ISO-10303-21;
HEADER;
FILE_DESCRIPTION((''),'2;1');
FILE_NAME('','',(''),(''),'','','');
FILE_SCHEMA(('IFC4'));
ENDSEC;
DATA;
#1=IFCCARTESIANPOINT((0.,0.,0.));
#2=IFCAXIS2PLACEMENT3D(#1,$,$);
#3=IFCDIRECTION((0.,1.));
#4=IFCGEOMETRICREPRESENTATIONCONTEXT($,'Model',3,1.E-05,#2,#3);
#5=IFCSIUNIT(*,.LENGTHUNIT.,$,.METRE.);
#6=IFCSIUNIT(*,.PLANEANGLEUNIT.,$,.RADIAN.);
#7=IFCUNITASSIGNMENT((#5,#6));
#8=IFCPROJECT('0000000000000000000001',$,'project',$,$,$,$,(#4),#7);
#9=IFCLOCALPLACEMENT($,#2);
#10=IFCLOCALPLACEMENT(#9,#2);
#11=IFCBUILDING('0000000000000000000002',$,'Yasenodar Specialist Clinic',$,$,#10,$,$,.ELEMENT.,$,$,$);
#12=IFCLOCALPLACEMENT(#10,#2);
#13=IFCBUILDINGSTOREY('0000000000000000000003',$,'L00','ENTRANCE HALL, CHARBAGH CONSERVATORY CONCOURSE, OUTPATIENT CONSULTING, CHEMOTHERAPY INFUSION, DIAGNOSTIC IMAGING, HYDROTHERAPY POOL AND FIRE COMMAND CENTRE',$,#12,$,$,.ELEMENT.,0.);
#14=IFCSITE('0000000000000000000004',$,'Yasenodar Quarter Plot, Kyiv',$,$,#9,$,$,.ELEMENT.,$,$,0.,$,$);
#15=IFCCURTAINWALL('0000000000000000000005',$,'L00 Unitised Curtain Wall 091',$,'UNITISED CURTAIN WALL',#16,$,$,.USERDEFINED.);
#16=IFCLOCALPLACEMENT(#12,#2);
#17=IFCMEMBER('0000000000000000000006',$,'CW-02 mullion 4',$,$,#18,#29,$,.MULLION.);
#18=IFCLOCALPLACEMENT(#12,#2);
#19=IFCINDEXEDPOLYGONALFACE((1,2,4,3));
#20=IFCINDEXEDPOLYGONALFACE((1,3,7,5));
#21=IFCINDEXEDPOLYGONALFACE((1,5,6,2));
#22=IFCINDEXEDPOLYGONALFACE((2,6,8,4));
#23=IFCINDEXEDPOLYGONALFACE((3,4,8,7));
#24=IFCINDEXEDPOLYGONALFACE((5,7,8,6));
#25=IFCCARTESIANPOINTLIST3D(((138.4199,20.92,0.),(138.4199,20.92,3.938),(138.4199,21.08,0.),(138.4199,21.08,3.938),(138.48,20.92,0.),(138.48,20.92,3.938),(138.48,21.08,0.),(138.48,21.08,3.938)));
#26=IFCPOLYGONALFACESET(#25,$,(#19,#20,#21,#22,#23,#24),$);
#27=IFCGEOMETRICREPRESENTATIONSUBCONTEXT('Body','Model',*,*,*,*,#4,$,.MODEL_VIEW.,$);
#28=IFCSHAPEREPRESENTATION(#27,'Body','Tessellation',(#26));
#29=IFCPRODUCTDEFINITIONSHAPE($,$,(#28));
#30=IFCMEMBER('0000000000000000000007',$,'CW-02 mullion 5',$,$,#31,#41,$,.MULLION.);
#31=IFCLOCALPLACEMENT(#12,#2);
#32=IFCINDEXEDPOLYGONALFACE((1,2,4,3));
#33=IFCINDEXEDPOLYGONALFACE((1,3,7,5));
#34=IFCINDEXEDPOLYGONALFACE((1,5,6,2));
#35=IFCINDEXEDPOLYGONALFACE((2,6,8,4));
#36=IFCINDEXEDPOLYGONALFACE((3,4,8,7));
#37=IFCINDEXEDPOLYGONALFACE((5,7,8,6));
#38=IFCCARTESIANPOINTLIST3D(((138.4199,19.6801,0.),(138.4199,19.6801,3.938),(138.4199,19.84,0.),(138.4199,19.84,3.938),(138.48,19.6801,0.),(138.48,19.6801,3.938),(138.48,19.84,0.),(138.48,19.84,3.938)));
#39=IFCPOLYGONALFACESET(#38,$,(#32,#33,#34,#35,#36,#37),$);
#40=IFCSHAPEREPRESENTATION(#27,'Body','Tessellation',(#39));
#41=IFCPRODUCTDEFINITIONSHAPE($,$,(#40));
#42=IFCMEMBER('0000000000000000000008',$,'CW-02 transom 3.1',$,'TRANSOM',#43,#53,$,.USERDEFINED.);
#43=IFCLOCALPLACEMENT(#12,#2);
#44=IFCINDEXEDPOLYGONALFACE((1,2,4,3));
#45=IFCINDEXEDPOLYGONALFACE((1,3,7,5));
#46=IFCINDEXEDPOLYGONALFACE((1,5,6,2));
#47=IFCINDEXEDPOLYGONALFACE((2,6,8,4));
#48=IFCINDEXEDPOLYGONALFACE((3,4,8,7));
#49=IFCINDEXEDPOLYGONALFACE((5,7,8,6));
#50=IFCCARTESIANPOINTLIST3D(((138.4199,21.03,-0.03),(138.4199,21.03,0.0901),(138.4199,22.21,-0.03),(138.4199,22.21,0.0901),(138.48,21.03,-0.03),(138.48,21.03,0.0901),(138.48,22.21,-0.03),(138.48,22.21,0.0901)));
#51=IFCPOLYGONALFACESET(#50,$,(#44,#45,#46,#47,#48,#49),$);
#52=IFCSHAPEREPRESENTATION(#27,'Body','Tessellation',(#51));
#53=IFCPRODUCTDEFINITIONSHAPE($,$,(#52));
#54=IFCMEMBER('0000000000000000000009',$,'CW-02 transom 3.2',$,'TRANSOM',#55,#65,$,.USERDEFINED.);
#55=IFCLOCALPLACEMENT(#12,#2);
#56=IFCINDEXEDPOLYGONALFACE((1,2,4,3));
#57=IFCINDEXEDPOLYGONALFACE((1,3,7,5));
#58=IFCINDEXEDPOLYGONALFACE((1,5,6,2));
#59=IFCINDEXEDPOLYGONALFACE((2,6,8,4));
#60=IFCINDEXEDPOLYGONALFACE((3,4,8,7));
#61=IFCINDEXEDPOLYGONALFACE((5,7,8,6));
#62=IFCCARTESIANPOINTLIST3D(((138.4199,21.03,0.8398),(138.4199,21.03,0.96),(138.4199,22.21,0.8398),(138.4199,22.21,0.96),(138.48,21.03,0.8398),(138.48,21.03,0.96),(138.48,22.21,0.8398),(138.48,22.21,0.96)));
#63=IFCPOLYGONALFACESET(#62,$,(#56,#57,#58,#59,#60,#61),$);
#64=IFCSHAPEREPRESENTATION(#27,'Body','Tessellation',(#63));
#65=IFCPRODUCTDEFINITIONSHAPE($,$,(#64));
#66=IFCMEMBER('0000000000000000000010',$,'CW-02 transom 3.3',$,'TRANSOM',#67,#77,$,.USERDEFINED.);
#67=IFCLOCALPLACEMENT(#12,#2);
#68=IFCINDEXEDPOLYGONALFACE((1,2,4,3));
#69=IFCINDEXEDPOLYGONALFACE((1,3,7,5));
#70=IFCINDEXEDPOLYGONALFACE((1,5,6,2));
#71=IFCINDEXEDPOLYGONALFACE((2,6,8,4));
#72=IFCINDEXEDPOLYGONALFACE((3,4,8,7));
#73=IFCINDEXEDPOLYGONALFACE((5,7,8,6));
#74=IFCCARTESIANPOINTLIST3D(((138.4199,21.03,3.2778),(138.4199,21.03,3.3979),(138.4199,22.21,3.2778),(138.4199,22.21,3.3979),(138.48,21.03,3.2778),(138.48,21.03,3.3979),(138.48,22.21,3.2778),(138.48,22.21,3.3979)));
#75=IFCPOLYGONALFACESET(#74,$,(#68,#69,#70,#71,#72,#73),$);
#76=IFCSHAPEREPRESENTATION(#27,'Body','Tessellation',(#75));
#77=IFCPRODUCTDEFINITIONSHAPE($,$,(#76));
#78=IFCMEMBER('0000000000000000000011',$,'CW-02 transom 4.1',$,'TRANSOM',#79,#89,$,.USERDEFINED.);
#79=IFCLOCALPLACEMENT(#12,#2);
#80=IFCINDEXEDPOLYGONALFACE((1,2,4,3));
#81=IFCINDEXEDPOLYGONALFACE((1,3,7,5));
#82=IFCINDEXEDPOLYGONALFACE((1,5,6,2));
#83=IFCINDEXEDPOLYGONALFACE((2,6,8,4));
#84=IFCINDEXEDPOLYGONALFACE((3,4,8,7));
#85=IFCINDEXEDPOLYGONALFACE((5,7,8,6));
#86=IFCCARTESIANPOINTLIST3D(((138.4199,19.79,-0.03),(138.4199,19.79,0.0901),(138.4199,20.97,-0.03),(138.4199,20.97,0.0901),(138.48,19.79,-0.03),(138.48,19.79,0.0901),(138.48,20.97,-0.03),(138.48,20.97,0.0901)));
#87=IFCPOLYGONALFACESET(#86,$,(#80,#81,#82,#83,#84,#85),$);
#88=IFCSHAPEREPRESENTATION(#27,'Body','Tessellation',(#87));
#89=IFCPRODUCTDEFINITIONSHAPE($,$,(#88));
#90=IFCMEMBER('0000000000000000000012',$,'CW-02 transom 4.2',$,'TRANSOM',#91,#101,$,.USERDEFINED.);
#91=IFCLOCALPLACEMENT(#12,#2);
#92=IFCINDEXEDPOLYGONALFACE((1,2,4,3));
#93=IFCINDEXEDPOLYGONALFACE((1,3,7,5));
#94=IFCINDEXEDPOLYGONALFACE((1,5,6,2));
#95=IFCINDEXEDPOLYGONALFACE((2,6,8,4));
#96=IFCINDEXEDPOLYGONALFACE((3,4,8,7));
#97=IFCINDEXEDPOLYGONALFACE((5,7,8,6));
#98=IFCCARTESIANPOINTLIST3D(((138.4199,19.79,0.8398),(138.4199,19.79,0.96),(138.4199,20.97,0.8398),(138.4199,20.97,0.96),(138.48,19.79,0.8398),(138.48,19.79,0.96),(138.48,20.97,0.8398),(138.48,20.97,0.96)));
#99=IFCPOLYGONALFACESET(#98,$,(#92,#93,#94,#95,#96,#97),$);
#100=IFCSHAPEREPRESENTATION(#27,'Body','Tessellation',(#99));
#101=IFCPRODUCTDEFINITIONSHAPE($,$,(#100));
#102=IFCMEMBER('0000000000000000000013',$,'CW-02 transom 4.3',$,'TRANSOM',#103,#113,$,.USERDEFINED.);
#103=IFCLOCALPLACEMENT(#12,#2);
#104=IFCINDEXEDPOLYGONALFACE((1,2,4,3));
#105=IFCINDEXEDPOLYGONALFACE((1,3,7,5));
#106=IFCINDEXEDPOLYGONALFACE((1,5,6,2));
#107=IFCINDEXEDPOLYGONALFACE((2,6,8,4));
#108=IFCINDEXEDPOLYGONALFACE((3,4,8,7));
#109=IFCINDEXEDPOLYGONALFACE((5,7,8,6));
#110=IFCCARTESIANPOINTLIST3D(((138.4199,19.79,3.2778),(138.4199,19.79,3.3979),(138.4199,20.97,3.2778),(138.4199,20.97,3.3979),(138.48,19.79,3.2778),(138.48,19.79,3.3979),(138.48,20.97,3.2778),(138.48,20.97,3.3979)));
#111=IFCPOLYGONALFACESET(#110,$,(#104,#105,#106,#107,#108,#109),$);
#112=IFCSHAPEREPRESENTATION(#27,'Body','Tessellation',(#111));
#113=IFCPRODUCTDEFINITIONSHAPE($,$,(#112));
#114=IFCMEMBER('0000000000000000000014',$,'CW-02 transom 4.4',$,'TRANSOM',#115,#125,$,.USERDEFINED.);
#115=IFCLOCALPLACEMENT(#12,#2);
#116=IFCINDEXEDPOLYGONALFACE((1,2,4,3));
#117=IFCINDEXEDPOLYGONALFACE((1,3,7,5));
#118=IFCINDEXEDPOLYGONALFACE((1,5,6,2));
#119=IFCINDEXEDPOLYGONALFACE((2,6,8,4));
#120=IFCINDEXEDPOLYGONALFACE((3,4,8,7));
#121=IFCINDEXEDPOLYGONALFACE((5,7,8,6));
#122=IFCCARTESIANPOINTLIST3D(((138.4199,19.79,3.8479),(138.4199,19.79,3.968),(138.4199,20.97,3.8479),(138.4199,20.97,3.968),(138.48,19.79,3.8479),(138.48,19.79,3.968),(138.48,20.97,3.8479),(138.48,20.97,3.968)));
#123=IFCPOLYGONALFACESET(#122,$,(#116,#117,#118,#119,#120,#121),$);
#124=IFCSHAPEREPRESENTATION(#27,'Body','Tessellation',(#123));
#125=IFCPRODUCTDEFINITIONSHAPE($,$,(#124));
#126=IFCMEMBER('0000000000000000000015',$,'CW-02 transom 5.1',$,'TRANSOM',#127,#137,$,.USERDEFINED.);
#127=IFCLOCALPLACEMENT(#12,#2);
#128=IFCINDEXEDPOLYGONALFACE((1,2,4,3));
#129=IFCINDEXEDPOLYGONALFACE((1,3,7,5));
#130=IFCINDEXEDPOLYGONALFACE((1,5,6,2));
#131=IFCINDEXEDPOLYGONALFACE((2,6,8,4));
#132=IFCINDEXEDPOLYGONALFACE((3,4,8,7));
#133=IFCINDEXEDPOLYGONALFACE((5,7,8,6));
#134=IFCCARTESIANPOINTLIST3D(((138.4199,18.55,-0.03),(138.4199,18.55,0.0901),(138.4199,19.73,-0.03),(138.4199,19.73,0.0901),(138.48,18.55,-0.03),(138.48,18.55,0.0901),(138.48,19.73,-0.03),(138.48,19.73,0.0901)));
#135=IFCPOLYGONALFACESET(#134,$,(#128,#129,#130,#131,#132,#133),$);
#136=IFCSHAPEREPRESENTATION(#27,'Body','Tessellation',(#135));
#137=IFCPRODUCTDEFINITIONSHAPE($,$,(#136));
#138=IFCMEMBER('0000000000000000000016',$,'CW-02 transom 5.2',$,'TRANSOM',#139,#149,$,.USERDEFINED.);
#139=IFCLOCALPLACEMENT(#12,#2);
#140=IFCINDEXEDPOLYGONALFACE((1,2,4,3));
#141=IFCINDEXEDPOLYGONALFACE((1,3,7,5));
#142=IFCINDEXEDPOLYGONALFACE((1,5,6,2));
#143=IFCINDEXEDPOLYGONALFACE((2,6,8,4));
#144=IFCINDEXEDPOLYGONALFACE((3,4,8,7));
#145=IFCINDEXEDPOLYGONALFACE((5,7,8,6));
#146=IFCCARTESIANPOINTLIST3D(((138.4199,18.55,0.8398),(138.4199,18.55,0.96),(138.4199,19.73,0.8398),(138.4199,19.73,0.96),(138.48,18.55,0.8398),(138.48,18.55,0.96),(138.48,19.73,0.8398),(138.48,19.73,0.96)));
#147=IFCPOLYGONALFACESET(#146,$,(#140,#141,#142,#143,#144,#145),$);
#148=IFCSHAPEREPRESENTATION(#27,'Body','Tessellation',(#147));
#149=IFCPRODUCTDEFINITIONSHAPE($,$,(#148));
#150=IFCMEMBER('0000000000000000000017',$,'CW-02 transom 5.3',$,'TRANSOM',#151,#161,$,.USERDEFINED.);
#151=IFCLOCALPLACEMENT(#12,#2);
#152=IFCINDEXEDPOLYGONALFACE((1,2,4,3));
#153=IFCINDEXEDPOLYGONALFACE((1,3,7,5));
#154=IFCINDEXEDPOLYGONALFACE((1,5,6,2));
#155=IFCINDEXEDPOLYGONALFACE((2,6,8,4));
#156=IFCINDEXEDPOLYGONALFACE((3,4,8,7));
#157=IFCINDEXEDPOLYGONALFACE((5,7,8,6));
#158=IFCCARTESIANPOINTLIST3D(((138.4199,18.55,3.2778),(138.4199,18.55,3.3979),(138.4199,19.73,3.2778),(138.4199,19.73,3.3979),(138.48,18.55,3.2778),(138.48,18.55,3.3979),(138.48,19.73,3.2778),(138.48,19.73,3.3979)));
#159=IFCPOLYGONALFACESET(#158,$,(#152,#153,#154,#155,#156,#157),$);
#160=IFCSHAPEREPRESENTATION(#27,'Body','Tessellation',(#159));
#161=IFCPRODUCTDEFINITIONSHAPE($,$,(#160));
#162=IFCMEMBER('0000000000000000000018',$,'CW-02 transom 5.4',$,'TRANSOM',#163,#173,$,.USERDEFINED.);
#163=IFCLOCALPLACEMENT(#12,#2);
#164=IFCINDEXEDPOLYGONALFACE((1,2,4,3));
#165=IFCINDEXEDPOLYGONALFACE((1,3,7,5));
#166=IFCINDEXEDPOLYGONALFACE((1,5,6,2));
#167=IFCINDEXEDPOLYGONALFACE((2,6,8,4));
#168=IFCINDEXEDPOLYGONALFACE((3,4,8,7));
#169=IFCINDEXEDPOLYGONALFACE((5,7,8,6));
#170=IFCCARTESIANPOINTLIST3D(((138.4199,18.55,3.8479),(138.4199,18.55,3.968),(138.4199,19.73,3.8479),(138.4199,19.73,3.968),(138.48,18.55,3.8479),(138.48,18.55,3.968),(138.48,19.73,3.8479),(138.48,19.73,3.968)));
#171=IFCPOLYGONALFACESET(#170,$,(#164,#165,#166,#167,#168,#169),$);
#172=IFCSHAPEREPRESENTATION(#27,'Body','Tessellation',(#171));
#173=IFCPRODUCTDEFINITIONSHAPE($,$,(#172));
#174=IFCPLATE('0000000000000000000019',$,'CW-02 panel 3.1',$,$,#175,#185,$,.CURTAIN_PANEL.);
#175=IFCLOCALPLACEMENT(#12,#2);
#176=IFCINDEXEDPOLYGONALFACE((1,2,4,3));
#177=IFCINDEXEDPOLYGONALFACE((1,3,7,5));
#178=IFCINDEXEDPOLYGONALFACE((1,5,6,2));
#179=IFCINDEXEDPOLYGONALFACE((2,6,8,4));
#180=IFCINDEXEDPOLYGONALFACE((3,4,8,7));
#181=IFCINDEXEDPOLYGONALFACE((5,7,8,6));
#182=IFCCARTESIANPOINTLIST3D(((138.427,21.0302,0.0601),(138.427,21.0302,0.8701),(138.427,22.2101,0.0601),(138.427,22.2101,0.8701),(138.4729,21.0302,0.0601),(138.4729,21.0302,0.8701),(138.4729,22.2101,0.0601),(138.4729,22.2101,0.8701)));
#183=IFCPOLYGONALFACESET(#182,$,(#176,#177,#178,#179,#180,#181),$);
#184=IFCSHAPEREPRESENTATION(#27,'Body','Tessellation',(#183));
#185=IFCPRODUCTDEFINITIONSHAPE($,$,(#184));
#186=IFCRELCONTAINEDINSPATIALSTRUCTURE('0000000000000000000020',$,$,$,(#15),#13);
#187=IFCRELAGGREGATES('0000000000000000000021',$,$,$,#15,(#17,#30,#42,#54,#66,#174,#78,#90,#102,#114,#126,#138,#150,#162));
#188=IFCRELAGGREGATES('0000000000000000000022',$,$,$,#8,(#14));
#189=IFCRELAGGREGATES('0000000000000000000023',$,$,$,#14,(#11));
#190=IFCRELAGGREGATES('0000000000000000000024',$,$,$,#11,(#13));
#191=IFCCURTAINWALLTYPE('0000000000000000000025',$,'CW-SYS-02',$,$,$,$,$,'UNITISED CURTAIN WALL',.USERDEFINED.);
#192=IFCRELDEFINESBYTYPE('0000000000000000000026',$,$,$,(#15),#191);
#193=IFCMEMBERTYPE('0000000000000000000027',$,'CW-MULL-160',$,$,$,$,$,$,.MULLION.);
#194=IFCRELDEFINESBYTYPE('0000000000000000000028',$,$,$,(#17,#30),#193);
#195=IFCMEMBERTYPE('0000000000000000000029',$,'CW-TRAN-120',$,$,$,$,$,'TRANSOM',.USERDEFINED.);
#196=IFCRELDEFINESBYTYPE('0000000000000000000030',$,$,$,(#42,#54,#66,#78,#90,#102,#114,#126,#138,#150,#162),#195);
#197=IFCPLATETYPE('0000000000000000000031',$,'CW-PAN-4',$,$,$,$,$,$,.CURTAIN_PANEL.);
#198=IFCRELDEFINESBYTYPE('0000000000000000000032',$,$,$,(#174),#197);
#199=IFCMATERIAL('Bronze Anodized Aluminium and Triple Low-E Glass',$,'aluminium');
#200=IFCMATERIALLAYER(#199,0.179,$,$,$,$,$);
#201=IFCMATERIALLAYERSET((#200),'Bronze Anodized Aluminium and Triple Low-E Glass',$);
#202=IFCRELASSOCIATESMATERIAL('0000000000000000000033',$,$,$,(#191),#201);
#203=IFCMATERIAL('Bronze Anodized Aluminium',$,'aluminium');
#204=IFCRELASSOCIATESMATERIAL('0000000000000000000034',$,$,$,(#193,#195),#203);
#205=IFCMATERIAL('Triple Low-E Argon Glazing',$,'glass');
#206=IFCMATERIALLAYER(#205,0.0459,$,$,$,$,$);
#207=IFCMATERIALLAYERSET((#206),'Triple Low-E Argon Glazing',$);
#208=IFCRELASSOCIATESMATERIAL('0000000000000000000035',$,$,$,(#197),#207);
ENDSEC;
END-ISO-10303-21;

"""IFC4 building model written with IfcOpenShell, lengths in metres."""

from ifc_helpers import new_model, si_unit, direction, frame, origin, origin_2d, place, context, subcontext, project, spatial, rectangle, extrude, material, layer, layer_set, material_profile, profile_set, type_object, element, aggregate, save


model = new_model("IFC4")

# Units and contexts
model_context = context("Model", 3, precision=1e-05, world=origin(), true_north=direction((0.0, 1.0)))
body_context = subcontext(model_context, "Body", "Model", "MODEL_VIEW")
ifc_project = project(units=[si_unit("LENGTHUNIT", "METRE"), si_unit("PLANEANGLEUNIT", "RADIAN")], contexts=[model_context])

# Site, building, storey
site_placement = place(None, origin())
site = spatial("IfcSite", under=ifc_project, at=site_placement, Name="Yasenodar Quarter Plot, Kyiv", CompositionType="ELEMENT", RefElevation=0.0)
building_placement = place(site_placement, origin())
building = spatial("IfcBuilding", under=site, at=building_placement, Name="Yasenodar Specialist Clinic", CompositionType="ELEMENT")
storey_placement = place(building_placement, origin())
storey = spatial("IfcBuildingStorey", under=building, at=storey_placement, Name="L00", Description="ENTRANCE HALL, CHARBAGH CONSERVATORY CONCOURSE, OUTPATIENT CONSULTING, CHEMOTHERAPY INFUSION, DIAGNOSTIC IMAGING, HYDROTHERAPY POOL AND FIRE COMMAND CENTRE", CompositionType="ELEMENT", Elevation=0.0)

# Curtain wall, members, plate
ifc_material_1 = material(Name="Bronze Anodized Aluminium and Triple Low-E Glass", Category="aluminium")
ifc_layer_1 = layer(ifc_material_1, 0.179)
ifc_layer_set_1 = layer_set([ifc_layer_1], Name="Bronze Anodized Aluminium and Triple Low-E Glass")
curtain_wall_type = type_object("IfcCurtainWallType", Name="CW-SYS-02", ElementType="UNITISED CURTAIN WALL", PredefinedType="USERDEFINED", material=ifc_layer_set_1)
curtain_wall_placement = place(storey_placement, origin())
curtain_wall = element("IfcCurtainWall", 1, at=curtain_wall_placement, inside=storey, type_object=curtain_wall_type, Name="L00 Unitised Curtain Wall 091", ObjectType="UNITISED CURTAIN WALL", PredefinedType="USERDEFINED")
ifc_material_2 = material(Name="Bronze Anodized Aluminium", Category="aluminium")
ifc_material_profile_1 = material_profile(ifc_material_2, rectangle(XDim=0.0601, YDim=0.1599, at=origin_2d()), Name="CW-MULL 60x160")
ifc_profile_set_1 = profile_set([ifc_material_profile_1], Name="Bronze Anodized Aluminium")
member_type_1 = type_object("IfcMemberType", Name="CW-MULL-160", PredefinedType="MULLION", material=ifc_profile_set_1)
member_1_placement = place(storey_placement, frame((138.45, 21.0, 0.0), z_axis=(0.0, 0.0, 1.0), x_axis=(1.0, 0.0, 0.0)))
member_1 = element("IfcMember", 2, at=member_1_placement, type_object=member_type_1, Name="CW-02 mullion 4", PredefinedType="MULLION", context=body_context, shape_type="SweptSolid", body=[
    extrude(rectangle(XDim=0.0601, YDim=0.1599, at=origin_2d()), origin(), (0.0, 0.0, 1.0), 3.938),
])
member_2_placement = place(storey_placement, frame((138.45, 19.76, 0.0), z_axis=(0.0, 0.0, 1.0), x_axis=(1.0, 0.0, 0.0)))
member_2 = element("IfcMember", 3, at=member_2_placement, type_object=member_type_1, Name="CW-02 mullion 5", PredefinedType="MULLION", context=body_context, shape_type="SweptSolid", body=[
    extrude(rectangle(XDim=0.0601, YDim=0.1599, at=origin_2d()), origin(), (0.0, 0.0, 1.0), 3.938),
])
ifc_material_profile_2 = material_profile(ifc_material_2, rectangle(XDim=0.0601, YDim=0.1201, at=origin_2d()), Name="CW-TRAN 60x120")
ifc_profile_set_2 = profile_set([ifc_material_profile_2], Name="Bronze Anodized Aluminium")
member_type_2 = type_object("IfcMemberType", Name="CW-TRAN-120", ElementType="TRANSOM", PredefinedType="USERDEFINED", material=ifc_profile_set_2)
member_3_placement = place(storey_placement, frame((138.45, 22.21, 0.03), z_axis=(0.0, -1.0, 0.0), x_axis=(1.0, 0.0, 0.0)))
member_3 = element("IfcMember", 4, at=member_3_placement, type_object=member_type_2, Name="CW-02 transom 3.1", ObjectType="TRANSOM", PredefinedType="USERDEFINED", context=body_context, shape_type="SweptSolid", body=[
    extrude(rectangle(XDim=0.0601, YDim=0.1201, at=origin_2d()), origin(), (0.0, 0.0, 1.0), 1.1799),
])
member_4_placement = place(storey_placement, frame((138.45, 22.21, 0.8999), z_axis=(0.0, -1.0, 0.0), x_axis=(1.0, 0.0, 0.0)))
member_4 = element("IfcMember", 5, at=member_4_placement, type_object=member_type_2, Name="CW-02 transom 3.2", ObjectType="TRANSOM", PredefinedType="USERDEFINED", context=body_context, shape_type="SweptSolid", body=[
    extrude(rectangle(XDim=0.0601, YDim=0.1201, at=origin_2d()), origin(), (0.0, 0.0, 1.0), 1.1799),
])
member_5_placement = place(storey_placement, frame((138.45, 22.21, 3.3379), z_axis=(0.0, -1.0, 0.0), x_axis=(1.0, 0.0, 0.0)))
member_5 = element("IfcMember", 6, at=member_5_placement, type_object=member_type_2, Name="CW-02 transom 3.3", ObjectType="TRANSOM", PredefinedType="USERDEFINED", context=body_context, shape_type="SweptSolid", body=[
    extrude(rectangle(XDim=0.0601, YDim=0.1201, at=origin_2d()), origin(), (0.0, 0.0, 1.0), 1.1799),
])
member_6_placement = place(storey_placement, frame((138.45, 20.97, 0.03), z_axis=(0.0, -1.0, 0.0), x_axis=(1.0, 0.0, 0.0)))
member_6 = element("IfcMember", 7, at=member_6_placement, type_object=member_type_2, Name="CW-02 transom 4.1", ObjectType="TRANSOM", PredefinedType="USERDEFINED", context=body_context, shape_type="SweptSolid", body=[
    extrude(rectangle(XDim=0.0601, YDim=0.1201, at=origin_2d()), origin(), (0.0, 0.0, 1.0), 1.1799),
])
member_7_placement = place(storey_placement, frame((138.45, 20.97, 0.8999), z_axis=(0.0, -1.0, 0.0), x_axis=(1.0, 0.0, 0.0)))
member_7 = element("IfcMember", 8, at=member_7_placement, type_object=member_type_2, Name="CW-02 transom 4.2", ObjectType="TRANSOM", PredefinedType="USERDEFINED", context=body_context, shape_type="SweptSolid", body=[
    extrude(rectangle(XDim=0.0601, YDim=0.1201, at=origin_2d()), origin(), (0.0, 0.0, 1.0), 1.1799),
])
member_8_placement = place(storey_placement, frame((138.45, 20.97, 3.3379), z_axis=(0.0, -1.0, 0.0), x_axis=(1.0, 0.0, 0.0)))
member_8 = element("IfcMember", 9, at=member_8_placement, type_object=member_type_2, Name="CW-02 transom 4.3", ObjectType="TRANSOM", PredefinedType="USERDEFINED", context=body_context, shape_type="SweptSolid", body=[
    extrude(rectangle(XDim=0.0601, YDim=0.1201, at=origin_2d()), origin(), (0.0, 0.0, 1.0), 1.1799),
])
member_9_placement = place(storey_placement, frame((138.45, 20.97, 3.908), z_axis=(0.0, -1.0, 0.0), x_axis=(1.0, 0.0, 0.0)))
member_9 = element("IfcMember", 10, at=member_9_placement, type_object=member_type_2, Name="CW-02 transom 4.4", ObjectType="TRANSOM", PredefinedType="USERDEFINED", context=body_context, shape_type="SweptSolid", body=[
    extrude(rectangle(XDim=0.0601, YDim=0.1201, at=origin_2d()), origin(), (0.0, 0.0, 1.0), 1.1799),
])
member_10_placement = place(storey_placement, frame((138.45, 19.73, 0.03), z_axis=(0.0, -1.0, 0.0), x_axis=(1.0, 0.0, 0.0)))
member_10 = element("IfcMember", 11, at=member_10_placement, type_object=member_type_2, Name="CW-02 transom 5.1", ObjectType="TRANSOM", PredefinedType="USERDEFINED", context=body_context, shape_type="SweptSolid", body=[
    extrude(rectangle(XDim=0.0601, YDim=0.1201, at=origin_2d()), origin(), (0.0, 0.0, 1.0), 1.1799),
])
member_11_placement = place(storey_placement, frame((138.45, 19.73, 0.8999), z_axis=(0.0, -1.0, 0.0), x_axis=(1.0, 0.0, 0.0)))
member_11 = element("IfcMember", 12, at=member_11_placement, type_object=member_type_2, Name="CW-02 transom 5.2", ObjectType="TRANSOM", PredefinedType="USERDEFINED", context=body_context, shape_type="SweptSolid", body=[
    extrude(rectangle(XDim=0.0601, YDim=0.1201, at=origin_2d()), origin(), (0.0, 0.0, 1.0), 1.1799),
])
member_12_placement = place(storey_placement, frame((138.45, 19.73, 3.3379), z_axis=(0.0, -1.0, 0.0), x_axis=(1.0, 0.0, 0.0)))
member_12 = element("IfcMember", 13, at=member_12_placement, type_object=member_type_2, Name="CW-02 transom 5.3", ObjectType="TRANSOM", PredefinedType="USERDEFINED", context=body_context, shape_type="SweptSolid", body=[
    extrude(rectangle(XDim=0.0601, YDim=0.1201, at=origin_2d()), origin(), (0.0, 0.0, 1.0), 1.1799),
])
member_13_placement = place(storey_placement, frame((138.45, 19.73, 3.908), z_axis=(0.0, -1.0, 0.0), x_axis=(1.0, 0.0, 0.0)))
member_13 = element("IfcMember", 14, at=member_13_placement, type_object=member_type_2, Name="CW-02 transom 5.4", ObjectType="TRANSOM", PredefinedType="USERDEFINED", context=body_context, shape_type="SweptSolid", body=[
    extrude(rectangle(XDim=0.0601, YDim=0.1201, at=origin_2d()), origin(), (0.0, 0.0, 1.0), 1.1799),
])
ifc_material_3 = material(Name="Triple Low-E Argon Glazing", Category="glass")
ifc_layer_2 = layer(ifc_material_3, 0.0459)
ifc_layer_set_2 = layer_set([ifc_layer_2], Name="Triple Low-E Argon Glazing")
plate_type = type_object("IfcPlateType", Name="CW-PAN-4", PredefinedType="CURTAIN_PANEL", material=ifc_layer_set_2)
plate_1_placement = place(storey_placement, frame((138.45, 21.6201, 0.0601), z_axis=(0.0, 0.0, 1.0), x_axis=(0.0, -1.0, 0.0)))
plate_1 = element("IfcPlate", 15, at=plate_1_placement, type_object=plate_type, Name="CW-02 panel 3.1", PredefinedType="CURTAIN_PANEL", context=body_context, shape_type="SweptSolid", body=[
    extrude(rectangle(XDim=1.1799, YDim=0.0459, at=origin_2d()), origin(), (0.0, 0.0, 1.0), 0.8101),
])
aggregate(curtain_wall, [member_1, member_2, member_3, member_4, member_5, plate_1, member_6, member_7, member_8, member_9, member_10, member_11, member_12, member_13])

save(model, "model.ifc")
